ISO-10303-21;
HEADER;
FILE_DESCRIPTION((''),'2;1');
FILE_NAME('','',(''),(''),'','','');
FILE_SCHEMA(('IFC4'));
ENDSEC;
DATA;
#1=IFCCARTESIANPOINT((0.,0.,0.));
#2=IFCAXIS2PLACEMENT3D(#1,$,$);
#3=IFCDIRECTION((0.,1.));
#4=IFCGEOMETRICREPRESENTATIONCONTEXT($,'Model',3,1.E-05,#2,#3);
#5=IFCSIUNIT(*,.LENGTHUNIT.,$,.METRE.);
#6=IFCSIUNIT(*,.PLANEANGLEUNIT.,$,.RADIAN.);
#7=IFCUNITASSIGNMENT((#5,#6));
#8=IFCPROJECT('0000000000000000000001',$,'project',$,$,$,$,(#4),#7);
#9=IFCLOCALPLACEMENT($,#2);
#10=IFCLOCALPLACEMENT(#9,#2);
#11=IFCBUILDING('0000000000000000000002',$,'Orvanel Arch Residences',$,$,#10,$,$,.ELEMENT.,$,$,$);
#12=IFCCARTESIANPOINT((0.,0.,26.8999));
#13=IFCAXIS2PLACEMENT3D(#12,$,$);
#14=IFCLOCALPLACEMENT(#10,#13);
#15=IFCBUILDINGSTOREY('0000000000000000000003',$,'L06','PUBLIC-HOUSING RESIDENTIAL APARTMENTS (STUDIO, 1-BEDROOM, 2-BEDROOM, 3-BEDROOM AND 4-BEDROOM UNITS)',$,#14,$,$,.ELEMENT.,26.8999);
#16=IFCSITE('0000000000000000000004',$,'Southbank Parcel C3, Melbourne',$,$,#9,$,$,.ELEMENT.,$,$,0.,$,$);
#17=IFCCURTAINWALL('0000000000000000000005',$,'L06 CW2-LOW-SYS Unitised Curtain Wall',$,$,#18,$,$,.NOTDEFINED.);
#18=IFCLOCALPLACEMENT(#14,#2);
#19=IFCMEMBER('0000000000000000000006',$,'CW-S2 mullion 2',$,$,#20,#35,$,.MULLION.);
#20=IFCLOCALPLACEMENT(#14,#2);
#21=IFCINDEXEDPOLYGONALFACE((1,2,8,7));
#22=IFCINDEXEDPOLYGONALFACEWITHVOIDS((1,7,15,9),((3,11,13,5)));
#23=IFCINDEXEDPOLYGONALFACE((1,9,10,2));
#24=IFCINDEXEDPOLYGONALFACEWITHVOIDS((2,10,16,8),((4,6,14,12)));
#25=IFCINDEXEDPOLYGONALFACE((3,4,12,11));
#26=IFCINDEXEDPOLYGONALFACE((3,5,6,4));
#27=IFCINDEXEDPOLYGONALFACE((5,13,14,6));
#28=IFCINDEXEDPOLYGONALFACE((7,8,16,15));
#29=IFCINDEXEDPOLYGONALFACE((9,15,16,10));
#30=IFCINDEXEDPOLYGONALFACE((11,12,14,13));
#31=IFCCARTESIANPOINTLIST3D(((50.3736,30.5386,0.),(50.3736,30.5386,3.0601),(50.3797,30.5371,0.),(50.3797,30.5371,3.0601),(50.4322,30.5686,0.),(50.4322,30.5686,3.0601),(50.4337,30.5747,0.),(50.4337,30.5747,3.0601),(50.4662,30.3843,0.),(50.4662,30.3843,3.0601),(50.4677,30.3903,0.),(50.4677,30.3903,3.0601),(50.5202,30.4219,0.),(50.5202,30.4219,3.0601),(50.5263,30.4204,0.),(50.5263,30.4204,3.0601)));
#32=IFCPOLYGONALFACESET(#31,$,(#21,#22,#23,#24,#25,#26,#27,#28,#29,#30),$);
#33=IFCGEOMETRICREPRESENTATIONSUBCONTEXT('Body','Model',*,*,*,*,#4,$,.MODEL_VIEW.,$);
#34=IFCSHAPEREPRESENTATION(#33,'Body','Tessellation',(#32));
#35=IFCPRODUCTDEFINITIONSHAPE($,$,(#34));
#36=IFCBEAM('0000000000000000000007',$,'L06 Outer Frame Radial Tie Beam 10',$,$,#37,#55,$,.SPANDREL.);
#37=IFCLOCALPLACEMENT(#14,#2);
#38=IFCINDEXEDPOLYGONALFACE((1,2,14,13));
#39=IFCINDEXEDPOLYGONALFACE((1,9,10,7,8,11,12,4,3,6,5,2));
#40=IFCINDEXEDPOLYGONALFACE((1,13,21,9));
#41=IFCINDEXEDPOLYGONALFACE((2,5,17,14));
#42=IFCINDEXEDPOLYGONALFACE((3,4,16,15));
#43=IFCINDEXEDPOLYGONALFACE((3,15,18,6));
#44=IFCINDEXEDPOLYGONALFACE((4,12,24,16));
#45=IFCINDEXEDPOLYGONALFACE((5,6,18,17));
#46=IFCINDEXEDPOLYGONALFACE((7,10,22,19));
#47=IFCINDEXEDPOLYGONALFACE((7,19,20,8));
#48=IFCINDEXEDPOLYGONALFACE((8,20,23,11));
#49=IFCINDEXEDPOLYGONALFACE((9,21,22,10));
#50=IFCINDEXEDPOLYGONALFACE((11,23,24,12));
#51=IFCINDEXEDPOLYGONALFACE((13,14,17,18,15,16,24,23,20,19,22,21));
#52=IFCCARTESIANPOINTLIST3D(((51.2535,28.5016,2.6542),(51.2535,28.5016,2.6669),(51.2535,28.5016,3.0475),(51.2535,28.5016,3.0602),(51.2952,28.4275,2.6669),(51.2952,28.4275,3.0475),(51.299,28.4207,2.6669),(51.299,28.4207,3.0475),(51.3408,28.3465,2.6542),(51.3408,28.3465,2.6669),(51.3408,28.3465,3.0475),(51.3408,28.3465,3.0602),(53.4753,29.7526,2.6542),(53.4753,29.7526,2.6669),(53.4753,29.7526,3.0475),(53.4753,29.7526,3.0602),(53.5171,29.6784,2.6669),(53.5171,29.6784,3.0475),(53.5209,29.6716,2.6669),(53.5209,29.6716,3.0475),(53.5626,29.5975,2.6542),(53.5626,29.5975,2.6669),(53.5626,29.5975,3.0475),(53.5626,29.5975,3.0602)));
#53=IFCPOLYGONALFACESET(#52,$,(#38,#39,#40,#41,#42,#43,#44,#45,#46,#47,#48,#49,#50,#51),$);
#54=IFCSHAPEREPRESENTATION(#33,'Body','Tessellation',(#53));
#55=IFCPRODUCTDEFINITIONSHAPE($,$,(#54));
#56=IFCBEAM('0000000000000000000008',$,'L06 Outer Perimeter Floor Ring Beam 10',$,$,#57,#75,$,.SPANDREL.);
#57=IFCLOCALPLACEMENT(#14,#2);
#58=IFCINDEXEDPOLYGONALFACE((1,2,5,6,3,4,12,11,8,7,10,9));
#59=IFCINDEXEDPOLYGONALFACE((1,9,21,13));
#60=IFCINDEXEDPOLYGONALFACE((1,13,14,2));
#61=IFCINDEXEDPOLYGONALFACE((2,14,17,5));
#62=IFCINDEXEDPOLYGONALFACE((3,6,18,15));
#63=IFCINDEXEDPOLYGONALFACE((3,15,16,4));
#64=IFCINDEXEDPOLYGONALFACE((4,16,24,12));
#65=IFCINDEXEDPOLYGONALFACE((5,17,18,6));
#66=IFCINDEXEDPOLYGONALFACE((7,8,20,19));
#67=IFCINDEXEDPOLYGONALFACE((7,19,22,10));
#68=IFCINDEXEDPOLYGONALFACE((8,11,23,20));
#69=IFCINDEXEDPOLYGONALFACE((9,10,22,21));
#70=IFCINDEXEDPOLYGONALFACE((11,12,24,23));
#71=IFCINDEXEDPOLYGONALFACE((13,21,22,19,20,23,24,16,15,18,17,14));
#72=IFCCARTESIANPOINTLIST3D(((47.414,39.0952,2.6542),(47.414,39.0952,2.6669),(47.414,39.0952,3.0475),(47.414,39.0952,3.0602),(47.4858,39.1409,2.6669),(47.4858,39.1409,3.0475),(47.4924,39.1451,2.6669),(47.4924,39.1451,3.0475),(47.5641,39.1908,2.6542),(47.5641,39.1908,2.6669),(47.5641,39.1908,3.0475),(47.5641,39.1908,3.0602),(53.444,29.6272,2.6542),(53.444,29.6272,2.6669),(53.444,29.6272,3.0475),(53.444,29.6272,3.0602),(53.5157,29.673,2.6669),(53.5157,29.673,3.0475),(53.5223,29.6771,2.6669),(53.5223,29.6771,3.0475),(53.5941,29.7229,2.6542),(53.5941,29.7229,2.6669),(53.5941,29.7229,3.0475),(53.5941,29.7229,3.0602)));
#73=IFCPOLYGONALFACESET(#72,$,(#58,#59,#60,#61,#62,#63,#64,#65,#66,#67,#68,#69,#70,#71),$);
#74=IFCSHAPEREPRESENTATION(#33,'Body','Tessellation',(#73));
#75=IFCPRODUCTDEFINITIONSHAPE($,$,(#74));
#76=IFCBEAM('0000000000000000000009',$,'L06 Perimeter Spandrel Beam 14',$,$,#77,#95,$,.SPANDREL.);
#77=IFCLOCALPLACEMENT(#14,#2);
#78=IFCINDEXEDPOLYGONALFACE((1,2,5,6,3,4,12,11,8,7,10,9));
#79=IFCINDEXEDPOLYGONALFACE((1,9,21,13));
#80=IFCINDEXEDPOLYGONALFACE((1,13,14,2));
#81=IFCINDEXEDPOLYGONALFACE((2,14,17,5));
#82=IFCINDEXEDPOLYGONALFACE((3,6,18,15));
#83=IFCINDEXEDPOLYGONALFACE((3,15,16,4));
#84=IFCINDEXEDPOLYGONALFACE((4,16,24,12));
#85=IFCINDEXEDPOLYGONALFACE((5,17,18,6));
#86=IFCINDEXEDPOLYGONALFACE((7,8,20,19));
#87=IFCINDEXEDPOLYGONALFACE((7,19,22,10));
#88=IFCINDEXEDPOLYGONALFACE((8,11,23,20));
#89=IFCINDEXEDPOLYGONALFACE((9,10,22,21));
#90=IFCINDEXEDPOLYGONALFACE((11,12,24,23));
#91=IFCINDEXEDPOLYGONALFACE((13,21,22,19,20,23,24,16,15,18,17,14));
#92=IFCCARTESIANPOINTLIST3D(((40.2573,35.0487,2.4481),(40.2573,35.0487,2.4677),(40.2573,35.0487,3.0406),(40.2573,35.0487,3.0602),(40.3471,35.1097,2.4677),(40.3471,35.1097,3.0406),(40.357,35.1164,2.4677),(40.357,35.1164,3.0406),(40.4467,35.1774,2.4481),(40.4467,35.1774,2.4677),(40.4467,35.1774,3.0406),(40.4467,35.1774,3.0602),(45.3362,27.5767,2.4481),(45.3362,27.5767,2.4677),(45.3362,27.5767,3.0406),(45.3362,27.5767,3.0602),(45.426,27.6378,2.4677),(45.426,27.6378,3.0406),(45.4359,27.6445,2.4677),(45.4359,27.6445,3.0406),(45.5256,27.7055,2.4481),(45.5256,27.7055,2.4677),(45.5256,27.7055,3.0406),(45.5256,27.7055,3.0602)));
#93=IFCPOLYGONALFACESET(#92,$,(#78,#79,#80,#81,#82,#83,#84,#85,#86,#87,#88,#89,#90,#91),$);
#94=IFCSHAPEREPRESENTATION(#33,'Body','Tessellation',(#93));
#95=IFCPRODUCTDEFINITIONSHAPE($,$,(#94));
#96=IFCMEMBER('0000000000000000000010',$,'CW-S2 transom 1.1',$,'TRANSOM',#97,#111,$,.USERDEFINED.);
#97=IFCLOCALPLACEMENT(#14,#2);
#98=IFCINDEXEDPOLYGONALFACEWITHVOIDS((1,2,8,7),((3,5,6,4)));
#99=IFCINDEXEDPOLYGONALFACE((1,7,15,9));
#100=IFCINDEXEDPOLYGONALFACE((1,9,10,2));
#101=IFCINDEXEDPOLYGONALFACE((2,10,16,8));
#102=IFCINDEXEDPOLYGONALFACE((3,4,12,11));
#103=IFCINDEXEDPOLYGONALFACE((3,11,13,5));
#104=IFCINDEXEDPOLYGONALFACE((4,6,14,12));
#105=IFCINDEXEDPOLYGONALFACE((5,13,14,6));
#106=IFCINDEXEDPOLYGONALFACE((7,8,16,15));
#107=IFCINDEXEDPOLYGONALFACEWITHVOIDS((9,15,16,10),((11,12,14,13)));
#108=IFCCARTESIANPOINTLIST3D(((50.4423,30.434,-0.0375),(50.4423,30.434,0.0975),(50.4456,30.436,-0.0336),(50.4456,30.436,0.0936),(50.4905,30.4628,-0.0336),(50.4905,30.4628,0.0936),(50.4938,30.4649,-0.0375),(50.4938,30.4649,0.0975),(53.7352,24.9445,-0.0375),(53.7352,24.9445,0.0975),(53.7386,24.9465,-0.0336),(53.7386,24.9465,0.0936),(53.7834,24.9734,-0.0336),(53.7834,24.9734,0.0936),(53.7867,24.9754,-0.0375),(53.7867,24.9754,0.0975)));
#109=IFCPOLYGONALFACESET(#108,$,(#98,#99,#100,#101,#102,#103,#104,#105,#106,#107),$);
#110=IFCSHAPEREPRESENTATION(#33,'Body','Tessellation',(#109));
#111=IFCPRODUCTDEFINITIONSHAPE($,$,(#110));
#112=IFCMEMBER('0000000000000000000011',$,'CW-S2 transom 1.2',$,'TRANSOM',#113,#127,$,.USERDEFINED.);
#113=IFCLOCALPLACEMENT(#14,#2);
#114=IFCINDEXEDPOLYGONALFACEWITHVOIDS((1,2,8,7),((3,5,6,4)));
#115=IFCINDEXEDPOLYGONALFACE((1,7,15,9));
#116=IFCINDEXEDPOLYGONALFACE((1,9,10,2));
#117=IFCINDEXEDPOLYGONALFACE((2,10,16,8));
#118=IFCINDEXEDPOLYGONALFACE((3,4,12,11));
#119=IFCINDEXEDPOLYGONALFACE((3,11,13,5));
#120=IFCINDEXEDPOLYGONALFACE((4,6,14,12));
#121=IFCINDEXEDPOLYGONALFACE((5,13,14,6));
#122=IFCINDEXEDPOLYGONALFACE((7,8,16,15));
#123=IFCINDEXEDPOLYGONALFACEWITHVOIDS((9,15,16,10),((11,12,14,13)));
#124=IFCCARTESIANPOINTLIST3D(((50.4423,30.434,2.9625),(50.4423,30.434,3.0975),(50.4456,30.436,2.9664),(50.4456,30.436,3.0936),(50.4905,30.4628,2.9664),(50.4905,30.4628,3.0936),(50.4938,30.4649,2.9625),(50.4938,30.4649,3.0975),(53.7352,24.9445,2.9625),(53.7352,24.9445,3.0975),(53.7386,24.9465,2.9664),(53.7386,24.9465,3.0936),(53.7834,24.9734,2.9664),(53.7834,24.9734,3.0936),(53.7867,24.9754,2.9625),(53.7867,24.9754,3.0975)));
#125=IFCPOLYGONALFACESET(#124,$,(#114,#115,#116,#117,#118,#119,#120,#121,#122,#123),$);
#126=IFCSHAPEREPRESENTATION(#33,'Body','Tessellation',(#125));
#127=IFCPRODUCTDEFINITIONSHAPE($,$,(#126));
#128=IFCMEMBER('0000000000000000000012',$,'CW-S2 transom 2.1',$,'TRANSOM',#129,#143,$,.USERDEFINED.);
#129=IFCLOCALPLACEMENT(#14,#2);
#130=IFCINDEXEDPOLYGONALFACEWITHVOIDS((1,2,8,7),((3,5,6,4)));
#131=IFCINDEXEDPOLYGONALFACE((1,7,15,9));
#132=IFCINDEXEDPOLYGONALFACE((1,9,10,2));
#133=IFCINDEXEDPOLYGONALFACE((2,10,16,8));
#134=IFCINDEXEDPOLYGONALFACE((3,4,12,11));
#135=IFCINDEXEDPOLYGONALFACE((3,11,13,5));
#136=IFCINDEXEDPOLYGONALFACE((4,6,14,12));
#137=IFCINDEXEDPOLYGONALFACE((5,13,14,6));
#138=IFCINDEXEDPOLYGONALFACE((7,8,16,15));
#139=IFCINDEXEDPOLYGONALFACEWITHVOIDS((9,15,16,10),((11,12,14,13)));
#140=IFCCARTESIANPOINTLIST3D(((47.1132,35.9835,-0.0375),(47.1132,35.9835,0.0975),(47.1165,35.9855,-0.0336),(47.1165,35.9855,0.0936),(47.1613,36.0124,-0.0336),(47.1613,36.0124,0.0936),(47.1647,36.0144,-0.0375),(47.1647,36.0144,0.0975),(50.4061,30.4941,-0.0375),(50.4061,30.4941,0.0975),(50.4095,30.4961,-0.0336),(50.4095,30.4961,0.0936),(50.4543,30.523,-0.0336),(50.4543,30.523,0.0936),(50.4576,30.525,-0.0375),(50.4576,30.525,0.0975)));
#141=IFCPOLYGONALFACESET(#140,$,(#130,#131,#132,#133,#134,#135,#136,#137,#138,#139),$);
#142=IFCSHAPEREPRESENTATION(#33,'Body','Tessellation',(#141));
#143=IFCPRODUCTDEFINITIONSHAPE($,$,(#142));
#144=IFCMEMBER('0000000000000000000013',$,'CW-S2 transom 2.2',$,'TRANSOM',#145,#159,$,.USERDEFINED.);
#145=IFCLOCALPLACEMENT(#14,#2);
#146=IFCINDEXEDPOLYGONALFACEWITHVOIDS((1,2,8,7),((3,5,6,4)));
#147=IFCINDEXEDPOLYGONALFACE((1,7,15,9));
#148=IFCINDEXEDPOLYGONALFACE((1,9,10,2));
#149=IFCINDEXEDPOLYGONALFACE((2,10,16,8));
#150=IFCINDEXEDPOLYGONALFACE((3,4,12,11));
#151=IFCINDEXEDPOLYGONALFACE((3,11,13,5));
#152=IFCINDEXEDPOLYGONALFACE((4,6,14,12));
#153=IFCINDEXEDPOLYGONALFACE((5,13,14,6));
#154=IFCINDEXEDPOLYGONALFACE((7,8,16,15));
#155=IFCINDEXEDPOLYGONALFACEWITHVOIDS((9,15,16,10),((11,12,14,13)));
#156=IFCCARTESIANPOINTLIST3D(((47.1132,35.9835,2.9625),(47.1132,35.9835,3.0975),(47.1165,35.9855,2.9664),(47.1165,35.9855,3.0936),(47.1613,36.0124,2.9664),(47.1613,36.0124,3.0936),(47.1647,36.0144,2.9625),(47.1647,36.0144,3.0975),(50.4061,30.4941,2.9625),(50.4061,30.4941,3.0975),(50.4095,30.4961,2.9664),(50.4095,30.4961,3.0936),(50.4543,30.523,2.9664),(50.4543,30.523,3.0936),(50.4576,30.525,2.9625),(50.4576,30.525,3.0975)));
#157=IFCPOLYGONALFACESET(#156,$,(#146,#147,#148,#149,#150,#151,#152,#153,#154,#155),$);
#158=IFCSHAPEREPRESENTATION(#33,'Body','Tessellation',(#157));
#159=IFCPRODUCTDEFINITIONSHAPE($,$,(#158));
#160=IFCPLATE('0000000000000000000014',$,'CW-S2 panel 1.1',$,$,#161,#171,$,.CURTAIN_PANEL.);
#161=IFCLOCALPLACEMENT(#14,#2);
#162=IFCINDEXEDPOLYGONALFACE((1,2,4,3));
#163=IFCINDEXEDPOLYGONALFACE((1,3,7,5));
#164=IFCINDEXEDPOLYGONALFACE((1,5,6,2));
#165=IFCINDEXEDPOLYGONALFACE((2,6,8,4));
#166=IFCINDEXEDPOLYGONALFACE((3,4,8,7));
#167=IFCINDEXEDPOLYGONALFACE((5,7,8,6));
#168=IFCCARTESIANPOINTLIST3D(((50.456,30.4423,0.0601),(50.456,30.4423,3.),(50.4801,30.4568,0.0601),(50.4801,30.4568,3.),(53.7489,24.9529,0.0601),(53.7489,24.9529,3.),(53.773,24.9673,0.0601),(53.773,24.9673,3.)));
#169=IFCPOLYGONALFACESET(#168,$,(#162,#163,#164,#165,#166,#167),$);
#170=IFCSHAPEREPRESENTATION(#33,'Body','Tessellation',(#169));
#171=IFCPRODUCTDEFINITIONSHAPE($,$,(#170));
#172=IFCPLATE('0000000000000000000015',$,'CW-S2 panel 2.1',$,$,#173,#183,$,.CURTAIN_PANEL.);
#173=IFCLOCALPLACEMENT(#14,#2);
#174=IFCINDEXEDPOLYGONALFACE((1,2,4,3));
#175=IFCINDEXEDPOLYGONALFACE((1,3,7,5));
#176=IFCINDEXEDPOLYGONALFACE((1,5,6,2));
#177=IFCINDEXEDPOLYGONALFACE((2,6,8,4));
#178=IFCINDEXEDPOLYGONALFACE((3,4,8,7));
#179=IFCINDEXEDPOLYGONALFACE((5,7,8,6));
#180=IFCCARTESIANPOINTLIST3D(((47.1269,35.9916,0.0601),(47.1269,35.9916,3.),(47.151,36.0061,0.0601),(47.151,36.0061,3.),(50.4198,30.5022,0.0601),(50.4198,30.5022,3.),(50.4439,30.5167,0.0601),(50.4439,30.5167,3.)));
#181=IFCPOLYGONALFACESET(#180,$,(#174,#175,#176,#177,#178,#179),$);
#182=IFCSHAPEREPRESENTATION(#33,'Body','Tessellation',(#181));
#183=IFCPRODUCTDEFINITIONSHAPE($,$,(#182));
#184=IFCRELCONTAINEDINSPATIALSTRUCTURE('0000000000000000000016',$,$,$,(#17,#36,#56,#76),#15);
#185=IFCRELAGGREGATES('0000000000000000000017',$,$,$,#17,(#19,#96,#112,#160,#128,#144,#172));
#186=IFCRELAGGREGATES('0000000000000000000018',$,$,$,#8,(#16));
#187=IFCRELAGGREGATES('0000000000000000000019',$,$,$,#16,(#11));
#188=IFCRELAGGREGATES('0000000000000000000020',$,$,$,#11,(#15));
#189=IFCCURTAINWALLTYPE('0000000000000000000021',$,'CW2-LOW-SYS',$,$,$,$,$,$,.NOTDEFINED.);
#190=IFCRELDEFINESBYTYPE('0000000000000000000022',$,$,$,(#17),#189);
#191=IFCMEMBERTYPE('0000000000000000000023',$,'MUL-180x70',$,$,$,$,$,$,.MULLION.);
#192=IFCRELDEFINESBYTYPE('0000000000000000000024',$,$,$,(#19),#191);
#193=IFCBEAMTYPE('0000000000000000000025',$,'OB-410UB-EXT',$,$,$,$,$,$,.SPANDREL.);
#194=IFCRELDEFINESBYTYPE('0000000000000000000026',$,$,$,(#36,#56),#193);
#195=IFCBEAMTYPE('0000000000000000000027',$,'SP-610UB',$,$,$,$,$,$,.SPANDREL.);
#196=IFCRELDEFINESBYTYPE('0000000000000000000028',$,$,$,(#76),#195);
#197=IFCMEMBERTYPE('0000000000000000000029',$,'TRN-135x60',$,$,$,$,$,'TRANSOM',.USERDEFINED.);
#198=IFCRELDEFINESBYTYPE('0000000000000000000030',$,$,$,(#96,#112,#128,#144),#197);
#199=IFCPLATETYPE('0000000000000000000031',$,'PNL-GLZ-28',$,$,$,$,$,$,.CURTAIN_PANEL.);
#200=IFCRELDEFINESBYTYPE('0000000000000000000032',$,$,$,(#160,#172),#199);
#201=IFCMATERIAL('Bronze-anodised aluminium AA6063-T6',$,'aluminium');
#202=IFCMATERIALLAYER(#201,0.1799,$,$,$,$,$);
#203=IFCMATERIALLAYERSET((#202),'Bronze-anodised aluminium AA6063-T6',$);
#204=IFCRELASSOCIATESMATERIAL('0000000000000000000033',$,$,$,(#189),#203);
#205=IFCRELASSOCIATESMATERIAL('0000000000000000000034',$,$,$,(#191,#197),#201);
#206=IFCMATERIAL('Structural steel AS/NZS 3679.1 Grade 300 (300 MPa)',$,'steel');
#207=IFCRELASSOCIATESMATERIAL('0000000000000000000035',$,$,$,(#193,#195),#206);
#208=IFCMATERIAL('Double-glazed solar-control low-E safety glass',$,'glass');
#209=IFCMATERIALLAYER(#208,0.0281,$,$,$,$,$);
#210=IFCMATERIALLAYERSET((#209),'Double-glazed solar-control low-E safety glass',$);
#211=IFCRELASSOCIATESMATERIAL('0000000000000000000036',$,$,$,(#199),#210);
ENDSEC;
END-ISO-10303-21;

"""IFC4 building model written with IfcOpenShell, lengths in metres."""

from ifc_helpers import new_model, si_unit, direction, frame, origin, origin_2d, place, context, subcontext, project, spatial, rectangle, hollow_rectangle, i_section, extrude, material, layer, layer_set, material_profile, profile_set, type_object, element, aggregate, save


model = new_model("IFC4")

# Units and contexts
model_context = context("Model", 3, precision=1e-05, world=origin(), true_north=direction((0.0, 1.0)))
body_context = subcontext(model_context, "Body", "Model", "MODEL_VIEW")
ifc_project = project(units=[si_unit("LENGTHUNIT", "METRE"), si_unit("PLANEANGLEUNIT", "RADIAN")], contexts=[model_context])

# Site, building, storey
site_placement = place(None, origin())
site = spatial("IfcSite", under=ifc_project, at=site_placement, Name="Southbank Parcel C3, Melbourne", CompositionType="ELEMENT", RefElevation=0.0)
building_placement = place(site_placement, origin())
building = spatial("IfcBuilding", under=site, at=building_placement, Name="Orvanel Arch Residences", CompositionType="ELEMENT")
storey_placement = place(building_placement, frame((0.0, 0.0, 26.8999)))
storey = spatial("IfcBuildingStorey", under=building, at=storey_placement, Name="L06", Description="PUBLIC-HOUSING RESIDENTIAL APARTMENTS (STUDIO, 1-BEDROOM, 2-BEDROOM, 3-BEDROOM AND 4-BEDROOM UNITS)", CompositionType="ELEMENT", Elevation=26.8999)

# Shared definitions
ifc_material_1 = material(Name="Structural steel AS/NZS 3679.1 Grade 300 (300 MPa)", Category="steel")

# Curtain wall, member
ifc_material_2 = material(Name="Bronze-anodised aluminium AA6063-T6", Category="aluminium")
ifc_layer_1 = layer(ifc_material_2, 0.1799)
ifc_layer_set_1 = layer_set([ifc_layer_1], Name="Bronze-anodised aluminium AA6063-T6")
curtain_wall_type = type_object("IfcCurtainWallType", Name="CW2-LOW-SYS", PredefinedType="NOTDEFINED", material=ifc_layer_set_1)
curtain_wall_placement = place(storey_placement, origin())
curtain_wall = element("IfcCurtainWall", 1, at=curtain_wall_placement, inside=storey, type_object=curtain_wall_type, Name="L06 CW2-LOW-SYS Unitised Curtain Wall", PredefinedType="NOTDEFINED")
ifc_material_profile_1 = material_profile(ifc_material_2, hollow_rectangle(XDim=0.0701, YDim=0.1799, WallThickness=0.0044, at=origin_2d()), Name="ALU180x70x4.5")
ifc_profile_set_1 = profile_set([ifc_material_profile_1], Name="Bronze-anodised aluminium AA6063-T6")
member_type_1 = type_object("IfcMemberType", Name="MUL-180x70", PredefinedType="MULLION", material=ifc_profile_set_1)
member_1_placement = place(storey_placement, frame((50.45, 30.4795, 0.0), z_axis=(0.0, 0.0, 1.0), x_axis=(-0.85754, -0.514417, 0.0)))
member_1 = element("IfcMember", 2, at=member_1_placement, type_object=member_type_1, Name="CW-S2 mullion 2", PredefinedType="MULLION", context=body_context, shape_type="SweptSolid", body=[
    extrude(hollow_rectangle(XDim=0.0701, YDim=0.1799, WallThickness=0.0044, at=origin_2d()), origin(), (0.0, 0.0, 1.0), 3.0601),
])

# Beams
ifc_material_profile_2 = material_profile(ifc_material_1, i_section(OverallWidth=0.178, OverallDepth=0.406, WebThickness=0.0078, FlangeThickness=0.0127, at=origin_2d()), Name="410UB59.7")
ifc_profile_set_2 = profile_set([ifc_material_profile_2], Name="Structural steel AS/NZS 3679.1 Grade 300 (300 MPa)")
beam_type_1 = type_object("IfcBeamType", Name="OB-410UB-EXT", PredefinedType="SPANDREL", material=ifc_profile_set_2)
beam_1_placement = place(storey_placement, frame((51.2971, 28.4241, 2.8572), z_axis=(0.871384, 0.490602, 0.0), x_axis=(-0.490602, 0.871384, 0.0)))
element("IfcBeam", 3, at=beam_1_placement, inside=storey, type_object=beam_type_1, Name="L06 Outer Frame Radial Tie Beam 10", PredefinedType="SPANDREL", context=body_context, shape_type="SweptSolid", body=[
    extrude(i_section(OverallWidth=0.178, OverallDepth=0.406, WebThickness=0.0078, FlangeThickness=0.0127, at=origin_2d()), origin(), (0.0, 0.0, 1.0), 2.5498),
])
beam_2_placement = place(storey_placement, frame((53.519, 29.675, 2.8572), z_axis=(-0.537188, 0.843463, 0.0), x_axis=(-0.843463, -0.537188, 0.0)))
element("IfcBeam", 4, at=beam_2_placement, inside=storey, type_object=beam_type_1, Name="L06 Outer Perimeter Floor Ring Beam 10", PredefinedType="SPANDREL", context=body_context, shape_type="SweptSolid", body=[
    extrude(i_section(OverallWidth=0.178, OverallDepth=0.406, WebThickness=0.0078, FlangeThickness=0.0127, at=origin_2d()), origin(), (0.0, 0.0, 1.0), 11.2251),
])
ifc_material_profile_3 = material_profile(ifc_material_1, i_section(OverallWidth=0.229, OverallDepth=0.6121, WebThickness=0.012, FlangeThickness=0.0195, at=origin_2d()), Name="610UB125")
ifc_profile_set_3 = profile_set([ifc_material_profile_3], Name="Structural steel AS/NZS 3679.1 Grade 300 (300 MPa)")
beam_type_2 = type_object("IfcBeamType", Name="SP-610UB", PredefinedType="SPANDREL", material=ifc_profile_set_3)
beam_3_placement = place(storey_placement, frame((45.4309, 27.6411, 2.7542), z_axis=(-0.562155, 0.827032, 0.0), x_axis=(-0.827032, -0.562155, 0.0)))
element("IfcBeam", 5, at=beam_3_placement, inside=storey, type_object=beam_type_2, Name="L06 Perimeter Spandrel Beam 14", PredefinedType="SPANDREL", context=body_context, shape_type="SweptSolid", body=[
    extrude(i_section(OverallWidth=0.229, OverallDepth=0.6121, WebThickness=0.012, FlangeThickness=0.0195, at=origin_2d()), origin(), (0.0, 0.0, 1.0), 9.0347),
])

# Members
ifc_material_profile_4 = material_profile(ifc_material_2, hollow_rectangle(XDim=0.0601, YDim=0.135, WallThickness=0.0039, at=origin_2d()), Name="ALU135x60x4")
ifc_profile_set_4 = profile_set([ifc_material_profile_4], Name="Bronze-anodised aluminium AA6063-T6")
member_type_2 = type_object("IfcMemberType", Name="TRN-135x60", ElementType="TRANSOM", PredefinedType="USERDEFINED", material=ifc_profile_set_4)
member_2_placement = place(storey_placement, frame((53.761, 24.96, 0.03), z_axis=(-0.514412, 0.857543, 0.0), x_axis=(-0.857543, -0.514412, 0.0)))
member_2 = element("IfcMember", 6, at=member_2_placement, type_object=member_type_2, Name="CW-S2 transom 1.1", ObjectType="TRANSOM", PredefinedType="USERDEFINED", context=body_context, shape_type="SweptSolid", body=[
    extrude(hollow_rectangle(XDim=0.0601, YDim=0.135, WallThickness=0.0039, at=origin_2d()), origin(), (0.0, 0.0, 1.0), 6.4014),
])
member_3_placement = place(storey_placement, frame((53.761, 24.96, 3.03), z_axis=(-0.514412, 0.857543, 0.0), x_axis=(-0.857543, -0.514412, 0.0)))
member_3 = element("IfcMember", 7, at=member_3_placement, type_object=member_type_2, Name="CW-S2 transom 1.2", ObjectType="TRANSOM", PredefinedType="USERDEFINED", context=body_context, shape_type="SweptSolid", body=[
    extrude(hollow_rectangle(XDim=0.0601, YDim=0.135, WallThickness=0.0039, at=origin_2d()), origin(), (0.0, 0.0, 1.0), 6.4014),
])
member_4_placement = place(storey_placement, frame((50.4319, 30.5095, 0.03), z_axis=(-0.514412, 0.857543, 0.0), x_axis=(-0.857543, -0.514412, 0.0)))
member_4 = element("IfcMember", 8, at=member_4_placement, type_object=member_type_2, Name="CW-S2 transom 2.1", ObjectType="TRANSOM", PredefinedType="USERDEFINED", context=body_context, shape_type="SweptSolid", body=[
    extrude(hollow_rectangle(XDim=0.0601, YDim=0.135, WallThickness=0.0039, at=origin_2d()), origin(), (0.0, 0.0, 1.0), 6.4014),
])
member_5_placement = place(storey_placement, frame((50.4319, 30.5095, 3.03), z_axis=(-0.514412, 0.857543, 0.0), x_axis=(-0.857543, -0.514412, 0.0)))
member_5 = element("IfcMember", 9, at=member_5_placement, type_object=member_type_2, Name="CW-S2 transom 2.2", ObjectType="TRANSOM", PredefinedType="USERDEFINED", context=body_context, shape_type="SweptSolid", body=[
    extrude(hollow_rectangle(XDim=0.0601, YDim=0.135, WallThickness=0.0039, at=origin_2d()), origin(), (0.0, 0.0, 1.0), 6.4014),
])

# Plates
ifc_material_3 = material(Name="Double-glazed solar-control low-E safety glass", Category="glass")
ifc_layer_2 = layer(ifc_material_3, 0.0281)
ifc_layer_set_2 = layer_set([ifc_layer_2], Name="Double-glazed solar-control low-E safety glass")
plate_type = type_object("IfcPlateType", Name="PNL-GLZ-28", PredefinedType="CURTAIN_PANEL", material=ifc_layer_set_2)
plate_1_placement = place(storey_placement, frame((52.1145, 27.7048, 0.0601), z_axis=(0.0, 0.0, 1.0), x_axis=(-0.514417, 0.85754, 0.0)))
plate_1 = element("IfcPlate", 10, at=plate_1_placement, type_object=plate_type, Name="CW-S2 panel 1.1", PredefinedType="CURTAIN_PANEL", context=body_context, shape_type="SweptSolid", body=[
    extrude(rectangle(XDim=6.4014, YDim=0.0281, at=origin_2d()), origin(), (0.0, 0.0, 1.0), 2.9399),
])
plate_2_placement = place(storey_placement, frame((48.7854, 33.2542, 0.0601), z_axis=(0.0, 0.0, 1.0), x_axis=(-0.514417, 0.85754, 0.0)))
plate_2 = element("IfcPlate", 11, at=plate_2_placement, type_object=plate_type, Name="CW-S2 panel 2.1", PredefinedType="CURTAIN_PANEL", context=body_context, shape_type="SweptSolid", body=[
    extrude(rectangle(XDim=6.4014, YDim=0.0281, at=origin_2d()), origin(), (0.0, 0.0, 1.0), 2.9399),
])
aggregate(curtain_wall, [member_1, member_2, member_3, plate_1, member_4, member_5, plate_2])

save(model, "model.ifc")
